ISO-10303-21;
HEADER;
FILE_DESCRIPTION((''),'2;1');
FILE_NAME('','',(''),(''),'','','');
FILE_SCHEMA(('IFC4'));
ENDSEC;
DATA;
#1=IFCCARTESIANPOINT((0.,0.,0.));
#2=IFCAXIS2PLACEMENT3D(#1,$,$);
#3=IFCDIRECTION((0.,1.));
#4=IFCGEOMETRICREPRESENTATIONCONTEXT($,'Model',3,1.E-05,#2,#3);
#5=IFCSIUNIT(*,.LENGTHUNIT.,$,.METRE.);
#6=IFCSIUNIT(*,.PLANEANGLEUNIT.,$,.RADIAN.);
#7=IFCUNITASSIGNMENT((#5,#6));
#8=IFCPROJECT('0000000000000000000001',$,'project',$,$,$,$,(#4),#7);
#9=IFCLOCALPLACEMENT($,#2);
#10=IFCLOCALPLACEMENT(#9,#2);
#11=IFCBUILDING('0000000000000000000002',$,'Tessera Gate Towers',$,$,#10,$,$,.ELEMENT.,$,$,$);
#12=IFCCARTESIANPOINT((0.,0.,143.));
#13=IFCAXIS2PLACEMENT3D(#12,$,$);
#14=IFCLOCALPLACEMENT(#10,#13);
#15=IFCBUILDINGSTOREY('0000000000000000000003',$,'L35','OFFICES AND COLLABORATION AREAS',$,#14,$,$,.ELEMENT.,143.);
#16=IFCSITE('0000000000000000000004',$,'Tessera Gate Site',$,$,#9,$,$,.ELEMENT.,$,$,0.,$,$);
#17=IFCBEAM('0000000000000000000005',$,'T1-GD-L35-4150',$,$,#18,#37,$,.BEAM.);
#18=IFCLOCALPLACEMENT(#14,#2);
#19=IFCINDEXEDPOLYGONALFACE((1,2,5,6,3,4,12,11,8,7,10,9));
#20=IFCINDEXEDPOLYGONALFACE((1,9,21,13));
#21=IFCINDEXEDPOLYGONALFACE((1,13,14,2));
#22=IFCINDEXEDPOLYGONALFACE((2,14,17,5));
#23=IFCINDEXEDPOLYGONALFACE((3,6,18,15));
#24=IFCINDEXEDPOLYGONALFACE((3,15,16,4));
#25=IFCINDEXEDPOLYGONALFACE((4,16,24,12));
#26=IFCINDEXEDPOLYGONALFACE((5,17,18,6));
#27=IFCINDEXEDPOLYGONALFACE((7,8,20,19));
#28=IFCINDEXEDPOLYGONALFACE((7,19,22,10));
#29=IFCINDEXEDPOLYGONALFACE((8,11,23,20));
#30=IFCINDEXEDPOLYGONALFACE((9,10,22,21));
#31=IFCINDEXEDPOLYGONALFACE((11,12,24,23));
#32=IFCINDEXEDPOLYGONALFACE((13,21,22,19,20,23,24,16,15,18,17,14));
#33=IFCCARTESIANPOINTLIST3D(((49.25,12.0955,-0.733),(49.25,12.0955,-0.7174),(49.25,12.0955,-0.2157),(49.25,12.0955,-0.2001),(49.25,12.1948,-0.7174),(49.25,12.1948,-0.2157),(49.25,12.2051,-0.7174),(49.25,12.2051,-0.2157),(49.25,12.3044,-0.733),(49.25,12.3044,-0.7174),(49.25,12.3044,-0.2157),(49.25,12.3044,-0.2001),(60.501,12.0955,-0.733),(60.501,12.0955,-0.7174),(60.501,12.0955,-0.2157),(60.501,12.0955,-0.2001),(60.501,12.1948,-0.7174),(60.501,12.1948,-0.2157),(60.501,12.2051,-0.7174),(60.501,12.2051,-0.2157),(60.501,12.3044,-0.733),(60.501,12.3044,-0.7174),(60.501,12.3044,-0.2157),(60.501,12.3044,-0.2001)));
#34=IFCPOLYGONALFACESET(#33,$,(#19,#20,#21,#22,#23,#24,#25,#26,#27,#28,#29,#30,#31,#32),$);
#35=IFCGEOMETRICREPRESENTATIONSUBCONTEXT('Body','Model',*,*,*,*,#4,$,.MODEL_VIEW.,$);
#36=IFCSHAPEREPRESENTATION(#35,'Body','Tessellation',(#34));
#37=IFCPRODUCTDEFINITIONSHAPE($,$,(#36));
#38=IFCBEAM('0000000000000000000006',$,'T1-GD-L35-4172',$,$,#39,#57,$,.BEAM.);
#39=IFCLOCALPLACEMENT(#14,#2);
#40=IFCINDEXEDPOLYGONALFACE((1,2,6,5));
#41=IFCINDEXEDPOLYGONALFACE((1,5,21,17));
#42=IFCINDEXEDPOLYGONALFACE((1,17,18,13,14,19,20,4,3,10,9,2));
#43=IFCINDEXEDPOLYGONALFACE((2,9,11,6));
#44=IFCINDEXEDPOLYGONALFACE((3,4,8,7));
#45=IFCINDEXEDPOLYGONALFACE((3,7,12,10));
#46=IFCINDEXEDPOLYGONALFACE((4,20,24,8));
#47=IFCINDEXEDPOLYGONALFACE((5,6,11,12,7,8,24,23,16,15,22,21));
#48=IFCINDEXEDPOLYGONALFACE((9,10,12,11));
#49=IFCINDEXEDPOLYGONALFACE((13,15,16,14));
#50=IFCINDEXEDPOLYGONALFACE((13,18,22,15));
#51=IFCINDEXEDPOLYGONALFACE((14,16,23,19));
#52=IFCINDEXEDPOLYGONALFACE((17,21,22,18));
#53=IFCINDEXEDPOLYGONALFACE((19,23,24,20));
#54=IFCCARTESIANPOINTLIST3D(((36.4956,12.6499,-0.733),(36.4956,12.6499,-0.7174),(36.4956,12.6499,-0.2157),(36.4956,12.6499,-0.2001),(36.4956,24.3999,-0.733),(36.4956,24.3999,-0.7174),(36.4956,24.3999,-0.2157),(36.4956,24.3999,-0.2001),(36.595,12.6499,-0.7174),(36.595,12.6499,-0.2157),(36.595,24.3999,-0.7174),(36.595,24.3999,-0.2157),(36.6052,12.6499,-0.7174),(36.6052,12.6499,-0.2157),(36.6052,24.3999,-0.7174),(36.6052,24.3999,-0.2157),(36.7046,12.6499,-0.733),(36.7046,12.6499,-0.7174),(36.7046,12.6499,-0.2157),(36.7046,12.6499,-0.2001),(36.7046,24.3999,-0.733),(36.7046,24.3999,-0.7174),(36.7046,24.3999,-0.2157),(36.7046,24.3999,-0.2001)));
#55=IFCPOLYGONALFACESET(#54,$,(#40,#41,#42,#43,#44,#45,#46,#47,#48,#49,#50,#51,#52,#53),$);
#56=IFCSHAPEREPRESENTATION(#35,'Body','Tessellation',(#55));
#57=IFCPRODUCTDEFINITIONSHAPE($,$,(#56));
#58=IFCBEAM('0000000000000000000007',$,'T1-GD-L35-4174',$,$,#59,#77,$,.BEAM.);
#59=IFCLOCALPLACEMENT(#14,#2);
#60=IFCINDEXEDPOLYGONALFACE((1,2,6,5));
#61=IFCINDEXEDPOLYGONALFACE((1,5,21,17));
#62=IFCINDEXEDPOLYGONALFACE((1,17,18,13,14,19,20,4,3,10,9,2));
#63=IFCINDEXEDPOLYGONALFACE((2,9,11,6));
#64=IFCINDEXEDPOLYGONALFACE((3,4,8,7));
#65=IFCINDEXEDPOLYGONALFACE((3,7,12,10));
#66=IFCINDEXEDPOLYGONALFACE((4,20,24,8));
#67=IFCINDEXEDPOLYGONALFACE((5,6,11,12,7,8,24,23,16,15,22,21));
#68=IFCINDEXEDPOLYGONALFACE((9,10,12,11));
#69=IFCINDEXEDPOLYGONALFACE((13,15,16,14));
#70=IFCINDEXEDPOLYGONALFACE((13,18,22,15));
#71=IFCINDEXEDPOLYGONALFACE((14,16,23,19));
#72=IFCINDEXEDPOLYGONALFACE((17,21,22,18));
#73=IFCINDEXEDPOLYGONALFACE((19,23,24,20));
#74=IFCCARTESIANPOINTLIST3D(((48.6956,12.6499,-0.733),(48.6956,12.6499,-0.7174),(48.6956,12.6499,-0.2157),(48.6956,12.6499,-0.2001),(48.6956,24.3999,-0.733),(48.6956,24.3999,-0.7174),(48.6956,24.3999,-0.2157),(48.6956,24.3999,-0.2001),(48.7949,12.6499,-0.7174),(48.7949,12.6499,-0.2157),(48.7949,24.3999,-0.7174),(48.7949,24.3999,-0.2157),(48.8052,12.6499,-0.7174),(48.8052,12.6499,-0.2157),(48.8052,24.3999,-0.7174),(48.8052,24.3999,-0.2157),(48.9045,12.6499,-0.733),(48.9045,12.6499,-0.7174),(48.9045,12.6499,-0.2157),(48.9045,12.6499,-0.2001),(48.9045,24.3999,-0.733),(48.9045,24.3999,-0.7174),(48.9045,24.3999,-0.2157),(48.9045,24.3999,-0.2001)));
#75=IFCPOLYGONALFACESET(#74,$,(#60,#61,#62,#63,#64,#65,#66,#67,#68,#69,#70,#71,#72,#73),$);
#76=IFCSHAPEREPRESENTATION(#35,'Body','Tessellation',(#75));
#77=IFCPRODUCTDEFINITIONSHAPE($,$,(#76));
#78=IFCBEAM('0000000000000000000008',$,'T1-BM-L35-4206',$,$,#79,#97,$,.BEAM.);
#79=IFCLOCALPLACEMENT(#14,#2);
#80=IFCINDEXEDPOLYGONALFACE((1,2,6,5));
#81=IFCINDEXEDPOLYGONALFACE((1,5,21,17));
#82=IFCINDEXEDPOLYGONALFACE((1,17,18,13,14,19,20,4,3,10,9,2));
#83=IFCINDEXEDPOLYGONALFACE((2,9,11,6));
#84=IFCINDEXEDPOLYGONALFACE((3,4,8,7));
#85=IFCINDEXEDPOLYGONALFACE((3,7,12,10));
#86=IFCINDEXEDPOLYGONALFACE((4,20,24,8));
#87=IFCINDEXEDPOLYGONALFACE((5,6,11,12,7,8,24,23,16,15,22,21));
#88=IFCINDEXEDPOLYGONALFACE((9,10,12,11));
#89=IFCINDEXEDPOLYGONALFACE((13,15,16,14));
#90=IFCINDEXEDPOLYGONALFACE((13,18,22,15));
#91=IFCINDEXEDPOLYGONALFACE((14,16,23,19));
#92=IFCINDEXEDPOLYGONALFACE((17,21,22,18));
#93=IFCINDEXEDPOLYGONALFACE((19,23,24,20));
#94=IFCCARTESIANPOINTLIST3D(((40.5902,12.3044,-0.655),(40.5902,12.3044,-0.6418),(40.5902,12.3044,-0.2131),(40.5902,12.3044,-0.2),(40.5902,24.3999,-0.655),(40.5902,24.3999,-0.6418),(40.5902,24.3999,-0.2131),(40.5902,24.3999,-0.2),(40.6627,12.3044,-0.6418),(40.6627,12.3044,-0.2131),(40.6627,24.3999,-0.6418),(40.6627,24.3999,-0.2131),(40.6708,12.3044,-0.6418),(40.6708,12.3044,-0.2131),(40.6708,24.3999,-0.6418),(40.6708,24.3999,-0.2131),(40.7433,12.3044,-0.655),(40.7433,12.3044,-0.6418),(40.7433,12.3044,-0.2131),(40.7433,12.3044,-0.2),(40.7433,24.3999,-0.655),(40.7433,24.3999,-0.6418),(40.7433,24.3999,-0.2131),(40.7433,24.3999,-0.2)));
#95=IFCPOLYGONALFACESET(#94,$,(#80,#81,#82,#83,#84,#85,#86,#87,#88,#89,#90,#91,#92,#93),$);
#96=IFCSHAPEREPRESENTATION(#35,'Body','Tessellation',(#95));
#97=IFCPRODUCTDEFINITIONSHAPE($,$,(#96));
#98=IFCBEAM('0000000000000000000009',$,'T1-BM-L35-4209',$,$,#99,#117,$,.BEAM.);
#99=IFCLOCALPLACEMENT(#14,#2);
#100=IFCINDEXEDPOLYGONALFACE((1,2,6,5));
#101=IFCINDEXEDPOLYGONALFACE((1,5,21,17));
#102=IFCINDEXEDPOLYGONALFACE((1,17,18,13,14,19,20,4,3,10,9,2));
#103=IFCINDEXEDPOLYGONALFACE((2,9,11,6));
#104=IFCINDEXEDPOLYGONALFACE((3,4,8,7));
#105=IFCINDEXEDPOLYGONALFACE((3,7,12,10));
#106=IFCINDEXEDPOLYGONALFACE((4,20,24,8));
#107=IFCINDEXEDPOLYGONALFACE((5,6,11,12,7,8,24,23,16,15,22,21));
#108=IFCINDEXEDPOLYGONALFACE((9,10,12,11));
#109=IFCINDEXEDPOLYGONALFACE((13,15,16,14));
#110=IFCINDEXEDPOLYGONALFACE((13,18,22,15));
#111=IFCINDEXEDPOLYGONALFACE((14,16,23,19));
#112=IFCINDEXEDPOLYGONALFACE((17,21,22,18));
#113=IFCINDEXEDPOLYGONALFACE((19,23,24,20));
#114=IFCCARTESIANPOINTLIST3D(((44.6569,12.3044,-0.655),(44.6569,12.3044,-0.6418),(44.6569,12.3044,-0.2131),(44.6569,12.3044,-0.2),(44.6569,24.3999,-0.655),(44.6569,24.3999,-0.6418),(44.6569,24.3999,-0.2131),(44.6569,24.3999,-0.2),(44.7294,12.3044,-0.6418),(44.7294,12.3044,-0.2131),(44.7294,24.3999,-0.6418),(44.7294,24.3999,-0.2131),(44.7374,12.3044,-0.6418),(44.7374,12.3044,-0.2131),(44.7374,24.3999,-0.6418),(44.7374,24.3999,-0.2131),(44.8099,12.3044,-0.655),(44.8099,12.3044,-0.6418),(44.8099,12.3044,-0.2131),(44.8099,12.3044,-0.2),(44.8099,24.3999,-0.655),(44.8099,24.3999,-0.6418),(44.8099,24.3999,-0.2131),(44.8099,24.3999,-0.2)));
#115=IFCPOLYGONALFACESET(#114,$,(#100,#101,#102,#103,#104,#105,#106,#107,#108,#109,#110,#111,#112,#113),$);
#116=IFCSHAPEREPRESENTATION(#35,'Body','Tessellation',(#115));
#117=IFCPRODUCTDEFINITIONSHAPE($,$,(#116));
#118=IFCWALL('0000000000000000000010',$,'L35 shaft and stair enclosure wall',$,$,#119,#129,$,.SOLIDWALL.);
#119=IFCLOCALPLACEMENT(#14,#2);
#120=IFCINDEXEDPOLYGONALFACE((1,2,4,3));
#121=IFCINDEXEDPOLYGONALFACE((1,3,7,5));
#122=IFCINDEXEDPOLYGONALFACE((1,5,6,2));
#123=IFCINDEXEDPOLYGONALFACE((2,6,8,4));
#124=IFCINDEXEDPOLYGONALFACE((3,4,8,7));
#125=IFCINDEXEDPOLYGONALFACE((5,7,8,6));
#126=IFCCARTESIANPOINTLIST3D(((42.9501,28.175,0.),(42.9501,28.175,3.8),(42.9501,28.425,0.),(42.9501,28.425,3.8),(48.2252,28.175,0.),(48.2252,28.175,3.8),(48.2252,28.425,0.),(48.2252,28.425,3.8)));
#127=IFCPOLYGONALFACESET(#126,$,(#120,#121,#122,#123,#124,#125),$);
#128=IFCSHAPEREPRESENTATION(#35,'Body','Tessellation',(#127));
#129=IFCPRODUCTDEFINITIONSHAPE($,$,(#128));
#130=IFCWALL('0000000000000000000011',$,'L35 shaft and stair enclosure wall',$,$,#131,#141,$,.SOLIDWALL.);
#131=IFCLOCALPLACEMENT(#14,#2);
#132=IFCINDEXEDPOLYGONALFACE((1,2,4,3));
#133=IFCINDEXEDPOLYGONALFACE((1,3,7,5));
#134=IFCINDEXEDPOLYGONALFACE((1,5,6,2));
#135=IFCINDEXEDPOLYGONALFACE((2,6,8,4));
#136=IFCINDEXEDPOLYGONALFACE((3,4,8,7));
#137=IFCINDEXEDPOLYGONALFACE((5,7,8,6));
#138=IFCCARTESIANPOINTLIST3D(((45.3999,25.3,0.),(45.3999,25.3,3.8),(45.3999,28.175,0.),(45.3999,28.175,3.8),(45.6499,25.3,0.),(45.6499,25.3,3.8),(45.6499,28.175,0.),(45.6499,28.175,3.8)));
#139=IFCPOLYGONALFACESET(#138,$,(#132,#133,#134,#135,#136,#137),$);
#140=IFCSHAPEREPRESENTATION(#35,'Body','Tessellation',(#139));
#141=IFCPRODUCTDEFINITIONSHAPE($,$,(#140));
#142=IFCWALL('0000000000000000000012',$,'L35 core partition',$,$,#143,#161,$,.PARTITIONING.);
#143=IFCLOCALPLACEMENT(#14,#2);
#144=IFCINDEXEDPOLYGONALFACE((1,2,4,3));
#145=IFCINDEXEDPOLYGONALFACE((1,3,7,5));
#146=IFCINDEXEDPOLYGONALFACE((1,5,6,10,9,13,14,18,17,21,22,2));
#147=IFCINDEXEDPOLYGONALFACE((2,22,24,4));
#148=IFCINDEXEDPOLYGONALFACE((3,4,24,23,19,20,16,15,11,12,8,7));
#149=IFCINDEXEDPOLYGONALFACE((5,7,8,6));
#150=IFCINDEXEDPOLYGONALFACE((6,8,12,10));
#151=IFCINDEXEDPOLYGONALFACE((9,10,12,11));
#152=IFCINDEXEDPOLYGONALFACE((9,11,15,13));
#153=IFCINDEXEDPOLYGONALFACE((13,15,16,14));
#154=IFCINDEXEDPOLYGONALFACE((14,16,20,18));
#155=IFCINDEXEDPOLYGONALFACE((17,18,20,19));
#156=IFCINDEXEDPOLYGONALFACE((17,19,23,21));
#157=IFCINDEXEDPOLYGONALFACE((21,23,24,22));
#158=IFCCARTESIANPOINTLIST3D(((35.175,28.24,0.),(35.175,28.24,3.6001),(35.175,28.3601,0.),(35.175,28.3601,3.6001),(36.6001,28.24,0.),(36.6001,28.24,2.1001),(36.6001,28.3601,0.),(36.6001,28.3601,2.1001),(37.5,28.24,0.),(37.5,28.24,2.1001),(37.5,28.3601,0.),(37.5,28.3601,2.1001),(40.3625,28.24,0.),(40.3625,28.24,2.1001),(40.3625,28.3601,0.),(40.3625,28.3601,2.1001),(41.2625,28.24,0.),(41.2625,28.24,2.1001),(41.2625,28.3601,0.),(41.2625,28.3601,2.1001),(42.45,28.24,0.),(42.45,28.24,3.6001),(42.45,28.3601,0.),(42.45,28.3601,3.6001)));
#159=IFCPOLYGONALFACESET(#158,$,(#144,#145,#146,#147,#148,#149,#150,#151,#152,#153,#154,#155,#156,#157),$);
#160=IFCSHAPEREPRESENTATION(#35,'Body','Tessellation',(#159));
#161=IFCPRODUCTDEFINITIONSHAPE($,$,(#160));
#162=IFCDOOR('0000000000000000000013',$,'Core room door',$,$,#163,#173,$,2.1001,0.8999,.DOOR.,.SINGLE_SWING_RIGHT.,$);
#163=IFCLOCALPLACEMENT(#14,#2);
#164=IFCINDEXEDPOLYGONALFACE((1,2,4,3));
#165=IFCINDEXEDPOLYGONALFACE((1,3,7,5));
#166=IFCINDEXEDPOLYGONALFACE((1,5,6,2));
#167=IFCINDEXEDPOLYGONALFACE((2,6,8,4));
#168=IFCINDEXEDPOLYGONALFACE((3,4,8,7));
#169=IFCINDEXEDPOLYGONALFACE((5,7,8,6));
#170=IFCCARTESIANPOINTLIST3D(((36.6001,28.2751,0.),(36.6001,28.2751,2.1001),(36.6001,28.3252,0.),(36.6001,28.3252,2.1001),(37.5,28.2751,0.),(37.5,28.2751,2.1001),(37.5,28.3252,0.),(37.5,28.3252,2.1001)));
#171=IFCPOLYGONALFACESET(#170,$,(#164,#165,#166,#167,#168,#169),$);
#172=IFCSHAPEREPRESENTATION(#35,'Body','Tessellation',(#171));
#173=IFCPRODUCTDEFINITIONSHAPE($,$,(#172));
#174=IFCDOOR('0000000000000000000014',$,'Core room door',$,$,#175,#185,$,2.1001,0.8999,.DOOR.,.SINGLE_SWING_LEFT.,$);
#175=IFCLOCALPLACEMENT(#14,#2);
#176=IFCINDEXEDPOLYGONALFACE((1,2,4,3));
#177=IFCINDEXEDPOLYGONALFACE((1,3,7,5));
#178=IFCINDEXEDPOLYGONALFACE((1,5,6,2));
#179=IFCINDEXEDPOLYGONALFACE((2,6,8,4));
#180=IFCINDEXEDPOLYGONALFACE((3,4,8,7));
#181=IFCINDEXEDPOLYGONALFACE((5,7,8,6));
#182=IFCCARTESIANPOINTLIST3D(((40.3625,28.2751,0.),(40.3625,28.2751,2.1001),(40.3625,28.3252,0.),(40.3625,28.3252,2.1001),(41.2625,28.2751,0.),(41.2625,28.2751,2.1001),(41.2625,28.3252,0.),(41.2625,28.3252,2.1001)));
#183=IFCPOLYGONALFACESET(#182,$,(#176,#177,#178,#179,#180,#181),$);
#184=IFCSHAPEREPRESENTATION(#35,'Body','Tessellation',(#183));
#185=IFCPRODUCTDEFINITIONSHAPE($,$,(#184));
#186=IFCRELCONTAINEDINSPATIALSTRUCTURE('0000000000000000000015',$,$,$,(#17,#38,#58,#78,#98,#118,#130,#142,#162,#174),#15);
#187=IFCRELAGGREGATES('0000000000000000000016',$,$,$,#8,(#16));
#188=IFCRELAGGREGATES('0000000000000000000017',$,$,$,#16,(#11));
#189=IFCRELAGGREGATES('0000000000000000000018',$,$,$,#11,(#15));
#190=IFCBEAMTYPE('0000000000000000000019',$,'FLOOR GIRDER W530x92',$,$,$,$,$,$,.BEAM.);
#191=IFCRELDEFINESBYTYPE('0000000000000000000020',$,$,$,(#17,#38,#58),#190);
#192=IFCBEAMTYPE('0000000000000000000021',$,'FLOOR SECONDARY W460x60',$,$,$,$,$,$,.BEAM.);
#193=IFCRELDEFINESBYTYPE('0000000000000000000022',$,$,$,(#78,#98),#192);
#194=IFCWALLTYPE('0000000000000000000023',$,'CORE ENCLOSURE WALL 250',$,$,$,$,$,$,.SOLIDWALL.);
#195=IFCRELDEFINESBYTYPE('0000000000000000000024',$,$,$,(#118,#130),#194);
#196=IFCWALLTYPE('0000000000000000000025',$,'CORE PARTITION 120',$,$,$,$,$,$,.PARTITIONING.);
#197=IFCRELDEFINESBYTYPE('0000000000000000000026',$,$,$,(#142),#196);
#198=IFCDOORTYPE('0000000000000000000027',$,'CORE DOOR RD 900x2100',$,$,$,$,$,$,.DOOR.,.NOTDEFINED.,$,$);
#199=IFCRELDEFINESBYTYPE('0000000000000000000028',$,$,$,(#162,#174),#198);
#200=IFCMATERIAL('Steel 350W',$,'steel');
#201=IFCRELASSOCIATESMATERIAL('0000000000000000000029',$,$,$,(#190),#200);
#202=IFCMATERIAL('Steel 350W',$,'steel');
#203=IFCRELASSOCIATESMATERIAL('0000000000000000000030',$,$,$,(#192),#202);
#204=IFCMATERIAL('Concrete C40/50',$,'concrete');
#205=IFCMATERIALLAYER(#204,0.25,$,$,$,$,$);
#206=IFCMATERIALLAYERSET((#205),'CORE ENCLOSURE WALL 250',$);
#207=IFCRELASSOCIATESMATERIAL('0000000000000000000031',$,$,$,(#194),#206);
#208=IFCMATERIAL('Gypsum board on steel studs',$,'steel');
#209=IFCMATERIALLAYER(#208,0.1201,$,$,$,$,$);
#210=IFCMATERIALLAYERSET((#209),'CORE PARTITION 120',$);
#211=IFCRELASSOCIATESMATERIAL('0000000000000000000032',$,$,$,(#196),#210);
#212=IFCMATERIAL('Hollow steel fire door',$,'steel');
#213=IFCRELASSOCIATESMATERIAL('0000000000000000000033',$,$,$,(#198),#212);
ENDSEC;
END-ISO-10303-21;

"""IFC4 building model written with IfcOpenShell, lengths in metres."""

from ifc_helpers import new_model, si_unit, direction, frame, frame_2d, origin, origin_2d, place, context, subcontext, project, spatial, rectangle, i_section, extrude, source, transform, mapped, material, layer, layer_set, material_profile, profile_set, type_object, element, fill, save


model = new_model("IFC4")

# Units and contexts
model_context = context("Model", 3, precision=1e-05, world=origin(), true_north=direction((0.0, 1.0)))
body_context = subcontext(model_context, "Body", "Model", "MODEL_VIEW")
ifc_project = project(units=[si_unit("LENGTHUNIT", "METRE"), si_unit("PLANEANGLEUNIT", "RADIAN")], contexts=[model_context])

# Site, building, storey
site_placement = place(None, origin())
site = spatial("IfcSite", under=ifc_project, at=site_placement, Name="Tessera Gate Site", CompositionType="ELEMENT", RefElevation=0.0)
building_placement = place(site_placement, origin())
building = spatial("IfcBuilding", under=site, at=building_placement, Name="Tessera Gate Towers", CompositionType="ELEMENT")
storey_placement = place(building_placement, frame((0.0, 0.0, 143.0)))
storey = spatial("IfcBuildingStorey", under=building, at=storey_placement, Name="L35", Description="OFFICES AND COLLABORATION AREAS", CompositionType="ELEMENT", Elevation=143.0)

# Beams
ifc_material_1 = material(Name="Steel 350W", Category="steel")
ifc_material_profile_1 = material_profile(ifc_material_1, i_section(OverallWidth=0.209, OverallDepth=0.533, WebThickness=0.0103, FlangeThickness=0.0156, at=origin_2d()), Name="W530x92")
ifc_profile_set_1 = profile_set([ifc_material_profile_1], Name="Steel 350W")
beam_type_1 = type_object("IfcBeamType", Name="FLOOR GIRDER W530x92", PredefinedType="BEAM", material=ifc_profile_set_1)
beam_placement = place(storey_placement, frame((49.25, 12.2, -0.4666), z_axis=(1.0, 0.0, 0.0), x_axis=(0.0, 1.0, 0.0)))
element("IfcBeam", 1, at=beam_placement, inside=storey, type_object=beam_type_1, Name="T1-GD-L35-4150", PredefinedType="BEAM", context=body_context, shape_type="SweptSolid", body=[
    extrude(i_section(OverallWidth=0.209, OverallDepth=0.533, WebThickness=0.0103, FlangeThickness=0.0156, at=origin_2d()), origin(), (0.0, 0.0, 1.0), 11.251),
])
for number, where, z_axis, x_axis, name in (
    (2, (36.6001, 12.6499, -0.4666), (0.0, 1.0, 0.0), (-1.0, 0.0, 0.0), "T1-GD-L35-4172"),
    (3, (48.8, 12.6499, -0.4666), (0.0, 1.0, 0.0), (-1.0, 0.0, 0.0), "T1-GD-L35-4174"),
):
    element("IfcBeam", number, at=place(storey_placement, frame(where, z_axis=z_axis, x_axis=x_axis)), inside=storey, type_object=beam_type_1, Name=name, PredefinedType="BEAM", context=body_context, shape_type="SweptSolid", body=[
        extrude(i_section(OverallWidth=0.209, OverallDepth=0.533, WebThickness=0.0103, FlangeThickness=0.0156, at=origin_2d()), origin(), (0.0, 0.0, 1.0), 11.75),
    ])
ifc_material_2 = material(Name="Steel 350W", Category="steel")
ifc_material_profile_2 = material_profile(ifc_material_2, i_section(OverallWidth=0.1531, OverallDepth=0.4551, WebThickness=0.0081, FlangeThickness=0.0132, at=origin_2d()), Name="W460x60")
ifc_profile_set_2 = profile_set([ifc_material_profile_2], Name="Steel 350W")
beam_type_2 = type_object("IfcBeamType", Name="FLOOR SECONDARY W460x60", PredefinedType="BEAM", material=ifc_profile_set_2)
for number, where, z_axis, x_axis, name in (
    (4, (40.6667, 12.3044, -0.4275), (0.0, 1.0, 0.0), (-1.0, 0.0, 0.0), "T1-BM-L35-4206"),
    (5, (44.7334, 12.3044, -0.4275), (0.0, 1.0, 0.0), (-1.0, 0.0, 0.0), "T1-BM-L35-4209"),
):
    element("IfcBeam", number, at=place(storey_placement, frame(where, z_axis=z_axis, x_axis=x_axis)), inside=storey, type_object=beam_type_2, Name=name, PredefinedType="BEAM", context=body_context, shape_type="SweptSolid", body=[
        extrude(i_section(OverallWidth=0.1531, OverallDepth=0.4551, WebThickness=0.0081, FlangeThickness=0.0132, at=origin_2d()), origin(), (0.0, 0.0, 1.0), 12.0955),
    ])

# Walls
ifc_material_3 = material(Name="Concrete C40/50", Category="concrete")
ifc_layer_1 = layer(ifc_material_3, 0.25)
ifc_layer_set_1 = layer_set([ifc_layer_1], Name="CORE ENCLOSURE WALL 250")
wall_type_1 = type_object("IfcWallType", Name="CORE ENCLOSURE WALL 250", PredefinedType="SOLIDWALL", material=ifc_layer_set_1)
wall_1_placement = place(storey_placement, frame((42.95, 28.3, 0.0), z_axis=(0.0, 0.0, 1.0), x_axis=(1.0, 0.0, 0.0)))
element("IfcWall", 6, at=wall_1_placement, inside=storey, type_object=wall_type_1, Name="L35 shaft and stair enclosure wall", PredefinedType="SOLIDWALL", context=body_context, shape_type="SweptSolid", body=[
    extrude(rectangle(XDim=5.2751, YDim=0.25, at=frame_2d((2.6377, 0.0))), origin(), (0.0, 0.0, 1.0), 3.8),
])
wall_2_placement = place(storey_placement, frame((45.5249, 25.3, 0.0), z_axis=(0.0, 0.0, 1.0), x_axis=(0.0, 1.0, 0.0)))
element("IfcWall", 7, at=wall_2_placement, inside=storey, type_object=wall_type_1, Name="L35 shaft and stair enclosure wall", PredefinedType="SOLIDWALL", context=body_context, shape_type="SweptSolid", body=[
    extrude(rectangle(XDim=2.875, YDim=0.25, at=frame_2d((1.4375, 0.0))), origin(), (0.0, 0.0, 1.0), 3.8),
])

# Wall, openings, doors
ifc_material_4 = material(Name="Gypsum board on steel studs", Category="steel")
ifc_layer_2 = layer(ifc_material_4, 0.1201)
ifc_layer_set_2 = layer_set([ifc_layer_2], Name="CORE PARTITION 120")
wall_type_2 = type_object("IfcWallType", Name="CORE PARTITION 120", PredefinedType="PARTITIONING", material=ifc_layer_set_2)
wall_3_placement = place(storey_placement, frame((42.45, 28.3, 0.0), z_axis=(0.0, 0.0, 1.0), x_axis=(-1.0, 0.0, 0.0)))
wall_3 = element("IfcWall", 8, at=wall_3_placement, inside=storey, type_object=wall_type_2, Name="L35 core partition", PredefinedType="PARTITIONING", context=body_context, shape_type="SweptSolid", body=[
    extrude(rectangle(XDim=7.2749, YDim=0.1201, at=frame_2d((3.6375, 0.0))), origin(), (0.0, 0.0, 1.0), 3.6001),
])
shared_shape_1 = source(origin(), body_context, "Body", "SweptSolid", [
    extrude(rectangle(XDim=0.8999, YDim=2.1001, at=frame_2d((0.45, 1.05))), frame((0.0, 0.0701, 0.0), z_axis=(0.0, -1.0, 0.0), x_axis=(1.0, 0.0, 0.0)), (0.0, 0.0, 1.0), 0.1401),
])
opening_1_placement = place(wall_3_placement, frame((4.95, 0.0, 0.0)))
opening_1 = element("IfcOpeningElement", 9, at=opening_1_placement, cuts=wall_3, PredefinedType="OPENING", context=body_context, shape_type="MappedRepresentation", body=[
    mapped(shared_shape_1, transform((0.0, 0.0, 0.0), scale=1.0)),
])
opening_2_placement = place(wall_3_placement, frame((1.1875, 0.0, 0.0)))
opening_2 = element("IfcOpeningElement", 10, at=opening_2_placement, cuts=wall_3, PredefinedType="OPENING", context=body_context, shape_type="MappedRepresentation", body=[
    mapped(shared_shape_1, transform((0.0, 0.0, 0.0), scale=1.0)),
])
ifc_material_5 = material(Name="Hollow steel fire door", Category="steel")
door_type_1 = type_object("IfcDoorType", Name="CORE DOOR RD 900x2100", OperationType="NOTDEFINED", PredefinedType="DOOR", material=ifc_material_5)
shared_shape_2 = source(origin(), body_context, "Body", "SweptSolid", [
    extrude(rectangle(XDim=0.8999, YDim=2.1001, at=frame_2d((0.45, 1.05))), frame((0.0, 0.0249, 0.0), z_axis=(0.0, -1.0, 0.0), x_axis=(1.0, 0.0, 0.0)), (0.0, 0.0, 1.0), 0.05),
])
door_1_placement = place(opening_1_placement, origin())
door_1 = element("IfcDoor", 11, at=door_1_placement, inside=storey, type_object=door_type_1, Name="Core room door", OperationType="SINGLE_SWING_RIGHT", OverallHeight=2.1001, OverallWidth=0.8999, PredefinedType="DOOR", context=body_context, shape_type="MappedRepresentation", body=[
    mapped(shared_shape_2, transform((0.0, 0.0, 0.0), scale=1.0)),
])
fill(opening_1, door_1)
door_2_placement = place(opening_2_placement, origin())
door_2 = element("IfcDoor", 12, at=door_2_placement, inside=storey, type_object=door_type_1, Name="Core room door", OperationType="SINGLE_SWING_LEFT", OverallHeight=2.1001, OverallWidth=0.8999, PredefinedType="DOOR", context=body_context, shape_type="MappedRepresentation", body=[
    mapped(shared_shape_2, transform((0.0, 0.0, 0.0), scale=1.0)),
])
fill(opening_2, door_2)

save(model, "model.ifc")
